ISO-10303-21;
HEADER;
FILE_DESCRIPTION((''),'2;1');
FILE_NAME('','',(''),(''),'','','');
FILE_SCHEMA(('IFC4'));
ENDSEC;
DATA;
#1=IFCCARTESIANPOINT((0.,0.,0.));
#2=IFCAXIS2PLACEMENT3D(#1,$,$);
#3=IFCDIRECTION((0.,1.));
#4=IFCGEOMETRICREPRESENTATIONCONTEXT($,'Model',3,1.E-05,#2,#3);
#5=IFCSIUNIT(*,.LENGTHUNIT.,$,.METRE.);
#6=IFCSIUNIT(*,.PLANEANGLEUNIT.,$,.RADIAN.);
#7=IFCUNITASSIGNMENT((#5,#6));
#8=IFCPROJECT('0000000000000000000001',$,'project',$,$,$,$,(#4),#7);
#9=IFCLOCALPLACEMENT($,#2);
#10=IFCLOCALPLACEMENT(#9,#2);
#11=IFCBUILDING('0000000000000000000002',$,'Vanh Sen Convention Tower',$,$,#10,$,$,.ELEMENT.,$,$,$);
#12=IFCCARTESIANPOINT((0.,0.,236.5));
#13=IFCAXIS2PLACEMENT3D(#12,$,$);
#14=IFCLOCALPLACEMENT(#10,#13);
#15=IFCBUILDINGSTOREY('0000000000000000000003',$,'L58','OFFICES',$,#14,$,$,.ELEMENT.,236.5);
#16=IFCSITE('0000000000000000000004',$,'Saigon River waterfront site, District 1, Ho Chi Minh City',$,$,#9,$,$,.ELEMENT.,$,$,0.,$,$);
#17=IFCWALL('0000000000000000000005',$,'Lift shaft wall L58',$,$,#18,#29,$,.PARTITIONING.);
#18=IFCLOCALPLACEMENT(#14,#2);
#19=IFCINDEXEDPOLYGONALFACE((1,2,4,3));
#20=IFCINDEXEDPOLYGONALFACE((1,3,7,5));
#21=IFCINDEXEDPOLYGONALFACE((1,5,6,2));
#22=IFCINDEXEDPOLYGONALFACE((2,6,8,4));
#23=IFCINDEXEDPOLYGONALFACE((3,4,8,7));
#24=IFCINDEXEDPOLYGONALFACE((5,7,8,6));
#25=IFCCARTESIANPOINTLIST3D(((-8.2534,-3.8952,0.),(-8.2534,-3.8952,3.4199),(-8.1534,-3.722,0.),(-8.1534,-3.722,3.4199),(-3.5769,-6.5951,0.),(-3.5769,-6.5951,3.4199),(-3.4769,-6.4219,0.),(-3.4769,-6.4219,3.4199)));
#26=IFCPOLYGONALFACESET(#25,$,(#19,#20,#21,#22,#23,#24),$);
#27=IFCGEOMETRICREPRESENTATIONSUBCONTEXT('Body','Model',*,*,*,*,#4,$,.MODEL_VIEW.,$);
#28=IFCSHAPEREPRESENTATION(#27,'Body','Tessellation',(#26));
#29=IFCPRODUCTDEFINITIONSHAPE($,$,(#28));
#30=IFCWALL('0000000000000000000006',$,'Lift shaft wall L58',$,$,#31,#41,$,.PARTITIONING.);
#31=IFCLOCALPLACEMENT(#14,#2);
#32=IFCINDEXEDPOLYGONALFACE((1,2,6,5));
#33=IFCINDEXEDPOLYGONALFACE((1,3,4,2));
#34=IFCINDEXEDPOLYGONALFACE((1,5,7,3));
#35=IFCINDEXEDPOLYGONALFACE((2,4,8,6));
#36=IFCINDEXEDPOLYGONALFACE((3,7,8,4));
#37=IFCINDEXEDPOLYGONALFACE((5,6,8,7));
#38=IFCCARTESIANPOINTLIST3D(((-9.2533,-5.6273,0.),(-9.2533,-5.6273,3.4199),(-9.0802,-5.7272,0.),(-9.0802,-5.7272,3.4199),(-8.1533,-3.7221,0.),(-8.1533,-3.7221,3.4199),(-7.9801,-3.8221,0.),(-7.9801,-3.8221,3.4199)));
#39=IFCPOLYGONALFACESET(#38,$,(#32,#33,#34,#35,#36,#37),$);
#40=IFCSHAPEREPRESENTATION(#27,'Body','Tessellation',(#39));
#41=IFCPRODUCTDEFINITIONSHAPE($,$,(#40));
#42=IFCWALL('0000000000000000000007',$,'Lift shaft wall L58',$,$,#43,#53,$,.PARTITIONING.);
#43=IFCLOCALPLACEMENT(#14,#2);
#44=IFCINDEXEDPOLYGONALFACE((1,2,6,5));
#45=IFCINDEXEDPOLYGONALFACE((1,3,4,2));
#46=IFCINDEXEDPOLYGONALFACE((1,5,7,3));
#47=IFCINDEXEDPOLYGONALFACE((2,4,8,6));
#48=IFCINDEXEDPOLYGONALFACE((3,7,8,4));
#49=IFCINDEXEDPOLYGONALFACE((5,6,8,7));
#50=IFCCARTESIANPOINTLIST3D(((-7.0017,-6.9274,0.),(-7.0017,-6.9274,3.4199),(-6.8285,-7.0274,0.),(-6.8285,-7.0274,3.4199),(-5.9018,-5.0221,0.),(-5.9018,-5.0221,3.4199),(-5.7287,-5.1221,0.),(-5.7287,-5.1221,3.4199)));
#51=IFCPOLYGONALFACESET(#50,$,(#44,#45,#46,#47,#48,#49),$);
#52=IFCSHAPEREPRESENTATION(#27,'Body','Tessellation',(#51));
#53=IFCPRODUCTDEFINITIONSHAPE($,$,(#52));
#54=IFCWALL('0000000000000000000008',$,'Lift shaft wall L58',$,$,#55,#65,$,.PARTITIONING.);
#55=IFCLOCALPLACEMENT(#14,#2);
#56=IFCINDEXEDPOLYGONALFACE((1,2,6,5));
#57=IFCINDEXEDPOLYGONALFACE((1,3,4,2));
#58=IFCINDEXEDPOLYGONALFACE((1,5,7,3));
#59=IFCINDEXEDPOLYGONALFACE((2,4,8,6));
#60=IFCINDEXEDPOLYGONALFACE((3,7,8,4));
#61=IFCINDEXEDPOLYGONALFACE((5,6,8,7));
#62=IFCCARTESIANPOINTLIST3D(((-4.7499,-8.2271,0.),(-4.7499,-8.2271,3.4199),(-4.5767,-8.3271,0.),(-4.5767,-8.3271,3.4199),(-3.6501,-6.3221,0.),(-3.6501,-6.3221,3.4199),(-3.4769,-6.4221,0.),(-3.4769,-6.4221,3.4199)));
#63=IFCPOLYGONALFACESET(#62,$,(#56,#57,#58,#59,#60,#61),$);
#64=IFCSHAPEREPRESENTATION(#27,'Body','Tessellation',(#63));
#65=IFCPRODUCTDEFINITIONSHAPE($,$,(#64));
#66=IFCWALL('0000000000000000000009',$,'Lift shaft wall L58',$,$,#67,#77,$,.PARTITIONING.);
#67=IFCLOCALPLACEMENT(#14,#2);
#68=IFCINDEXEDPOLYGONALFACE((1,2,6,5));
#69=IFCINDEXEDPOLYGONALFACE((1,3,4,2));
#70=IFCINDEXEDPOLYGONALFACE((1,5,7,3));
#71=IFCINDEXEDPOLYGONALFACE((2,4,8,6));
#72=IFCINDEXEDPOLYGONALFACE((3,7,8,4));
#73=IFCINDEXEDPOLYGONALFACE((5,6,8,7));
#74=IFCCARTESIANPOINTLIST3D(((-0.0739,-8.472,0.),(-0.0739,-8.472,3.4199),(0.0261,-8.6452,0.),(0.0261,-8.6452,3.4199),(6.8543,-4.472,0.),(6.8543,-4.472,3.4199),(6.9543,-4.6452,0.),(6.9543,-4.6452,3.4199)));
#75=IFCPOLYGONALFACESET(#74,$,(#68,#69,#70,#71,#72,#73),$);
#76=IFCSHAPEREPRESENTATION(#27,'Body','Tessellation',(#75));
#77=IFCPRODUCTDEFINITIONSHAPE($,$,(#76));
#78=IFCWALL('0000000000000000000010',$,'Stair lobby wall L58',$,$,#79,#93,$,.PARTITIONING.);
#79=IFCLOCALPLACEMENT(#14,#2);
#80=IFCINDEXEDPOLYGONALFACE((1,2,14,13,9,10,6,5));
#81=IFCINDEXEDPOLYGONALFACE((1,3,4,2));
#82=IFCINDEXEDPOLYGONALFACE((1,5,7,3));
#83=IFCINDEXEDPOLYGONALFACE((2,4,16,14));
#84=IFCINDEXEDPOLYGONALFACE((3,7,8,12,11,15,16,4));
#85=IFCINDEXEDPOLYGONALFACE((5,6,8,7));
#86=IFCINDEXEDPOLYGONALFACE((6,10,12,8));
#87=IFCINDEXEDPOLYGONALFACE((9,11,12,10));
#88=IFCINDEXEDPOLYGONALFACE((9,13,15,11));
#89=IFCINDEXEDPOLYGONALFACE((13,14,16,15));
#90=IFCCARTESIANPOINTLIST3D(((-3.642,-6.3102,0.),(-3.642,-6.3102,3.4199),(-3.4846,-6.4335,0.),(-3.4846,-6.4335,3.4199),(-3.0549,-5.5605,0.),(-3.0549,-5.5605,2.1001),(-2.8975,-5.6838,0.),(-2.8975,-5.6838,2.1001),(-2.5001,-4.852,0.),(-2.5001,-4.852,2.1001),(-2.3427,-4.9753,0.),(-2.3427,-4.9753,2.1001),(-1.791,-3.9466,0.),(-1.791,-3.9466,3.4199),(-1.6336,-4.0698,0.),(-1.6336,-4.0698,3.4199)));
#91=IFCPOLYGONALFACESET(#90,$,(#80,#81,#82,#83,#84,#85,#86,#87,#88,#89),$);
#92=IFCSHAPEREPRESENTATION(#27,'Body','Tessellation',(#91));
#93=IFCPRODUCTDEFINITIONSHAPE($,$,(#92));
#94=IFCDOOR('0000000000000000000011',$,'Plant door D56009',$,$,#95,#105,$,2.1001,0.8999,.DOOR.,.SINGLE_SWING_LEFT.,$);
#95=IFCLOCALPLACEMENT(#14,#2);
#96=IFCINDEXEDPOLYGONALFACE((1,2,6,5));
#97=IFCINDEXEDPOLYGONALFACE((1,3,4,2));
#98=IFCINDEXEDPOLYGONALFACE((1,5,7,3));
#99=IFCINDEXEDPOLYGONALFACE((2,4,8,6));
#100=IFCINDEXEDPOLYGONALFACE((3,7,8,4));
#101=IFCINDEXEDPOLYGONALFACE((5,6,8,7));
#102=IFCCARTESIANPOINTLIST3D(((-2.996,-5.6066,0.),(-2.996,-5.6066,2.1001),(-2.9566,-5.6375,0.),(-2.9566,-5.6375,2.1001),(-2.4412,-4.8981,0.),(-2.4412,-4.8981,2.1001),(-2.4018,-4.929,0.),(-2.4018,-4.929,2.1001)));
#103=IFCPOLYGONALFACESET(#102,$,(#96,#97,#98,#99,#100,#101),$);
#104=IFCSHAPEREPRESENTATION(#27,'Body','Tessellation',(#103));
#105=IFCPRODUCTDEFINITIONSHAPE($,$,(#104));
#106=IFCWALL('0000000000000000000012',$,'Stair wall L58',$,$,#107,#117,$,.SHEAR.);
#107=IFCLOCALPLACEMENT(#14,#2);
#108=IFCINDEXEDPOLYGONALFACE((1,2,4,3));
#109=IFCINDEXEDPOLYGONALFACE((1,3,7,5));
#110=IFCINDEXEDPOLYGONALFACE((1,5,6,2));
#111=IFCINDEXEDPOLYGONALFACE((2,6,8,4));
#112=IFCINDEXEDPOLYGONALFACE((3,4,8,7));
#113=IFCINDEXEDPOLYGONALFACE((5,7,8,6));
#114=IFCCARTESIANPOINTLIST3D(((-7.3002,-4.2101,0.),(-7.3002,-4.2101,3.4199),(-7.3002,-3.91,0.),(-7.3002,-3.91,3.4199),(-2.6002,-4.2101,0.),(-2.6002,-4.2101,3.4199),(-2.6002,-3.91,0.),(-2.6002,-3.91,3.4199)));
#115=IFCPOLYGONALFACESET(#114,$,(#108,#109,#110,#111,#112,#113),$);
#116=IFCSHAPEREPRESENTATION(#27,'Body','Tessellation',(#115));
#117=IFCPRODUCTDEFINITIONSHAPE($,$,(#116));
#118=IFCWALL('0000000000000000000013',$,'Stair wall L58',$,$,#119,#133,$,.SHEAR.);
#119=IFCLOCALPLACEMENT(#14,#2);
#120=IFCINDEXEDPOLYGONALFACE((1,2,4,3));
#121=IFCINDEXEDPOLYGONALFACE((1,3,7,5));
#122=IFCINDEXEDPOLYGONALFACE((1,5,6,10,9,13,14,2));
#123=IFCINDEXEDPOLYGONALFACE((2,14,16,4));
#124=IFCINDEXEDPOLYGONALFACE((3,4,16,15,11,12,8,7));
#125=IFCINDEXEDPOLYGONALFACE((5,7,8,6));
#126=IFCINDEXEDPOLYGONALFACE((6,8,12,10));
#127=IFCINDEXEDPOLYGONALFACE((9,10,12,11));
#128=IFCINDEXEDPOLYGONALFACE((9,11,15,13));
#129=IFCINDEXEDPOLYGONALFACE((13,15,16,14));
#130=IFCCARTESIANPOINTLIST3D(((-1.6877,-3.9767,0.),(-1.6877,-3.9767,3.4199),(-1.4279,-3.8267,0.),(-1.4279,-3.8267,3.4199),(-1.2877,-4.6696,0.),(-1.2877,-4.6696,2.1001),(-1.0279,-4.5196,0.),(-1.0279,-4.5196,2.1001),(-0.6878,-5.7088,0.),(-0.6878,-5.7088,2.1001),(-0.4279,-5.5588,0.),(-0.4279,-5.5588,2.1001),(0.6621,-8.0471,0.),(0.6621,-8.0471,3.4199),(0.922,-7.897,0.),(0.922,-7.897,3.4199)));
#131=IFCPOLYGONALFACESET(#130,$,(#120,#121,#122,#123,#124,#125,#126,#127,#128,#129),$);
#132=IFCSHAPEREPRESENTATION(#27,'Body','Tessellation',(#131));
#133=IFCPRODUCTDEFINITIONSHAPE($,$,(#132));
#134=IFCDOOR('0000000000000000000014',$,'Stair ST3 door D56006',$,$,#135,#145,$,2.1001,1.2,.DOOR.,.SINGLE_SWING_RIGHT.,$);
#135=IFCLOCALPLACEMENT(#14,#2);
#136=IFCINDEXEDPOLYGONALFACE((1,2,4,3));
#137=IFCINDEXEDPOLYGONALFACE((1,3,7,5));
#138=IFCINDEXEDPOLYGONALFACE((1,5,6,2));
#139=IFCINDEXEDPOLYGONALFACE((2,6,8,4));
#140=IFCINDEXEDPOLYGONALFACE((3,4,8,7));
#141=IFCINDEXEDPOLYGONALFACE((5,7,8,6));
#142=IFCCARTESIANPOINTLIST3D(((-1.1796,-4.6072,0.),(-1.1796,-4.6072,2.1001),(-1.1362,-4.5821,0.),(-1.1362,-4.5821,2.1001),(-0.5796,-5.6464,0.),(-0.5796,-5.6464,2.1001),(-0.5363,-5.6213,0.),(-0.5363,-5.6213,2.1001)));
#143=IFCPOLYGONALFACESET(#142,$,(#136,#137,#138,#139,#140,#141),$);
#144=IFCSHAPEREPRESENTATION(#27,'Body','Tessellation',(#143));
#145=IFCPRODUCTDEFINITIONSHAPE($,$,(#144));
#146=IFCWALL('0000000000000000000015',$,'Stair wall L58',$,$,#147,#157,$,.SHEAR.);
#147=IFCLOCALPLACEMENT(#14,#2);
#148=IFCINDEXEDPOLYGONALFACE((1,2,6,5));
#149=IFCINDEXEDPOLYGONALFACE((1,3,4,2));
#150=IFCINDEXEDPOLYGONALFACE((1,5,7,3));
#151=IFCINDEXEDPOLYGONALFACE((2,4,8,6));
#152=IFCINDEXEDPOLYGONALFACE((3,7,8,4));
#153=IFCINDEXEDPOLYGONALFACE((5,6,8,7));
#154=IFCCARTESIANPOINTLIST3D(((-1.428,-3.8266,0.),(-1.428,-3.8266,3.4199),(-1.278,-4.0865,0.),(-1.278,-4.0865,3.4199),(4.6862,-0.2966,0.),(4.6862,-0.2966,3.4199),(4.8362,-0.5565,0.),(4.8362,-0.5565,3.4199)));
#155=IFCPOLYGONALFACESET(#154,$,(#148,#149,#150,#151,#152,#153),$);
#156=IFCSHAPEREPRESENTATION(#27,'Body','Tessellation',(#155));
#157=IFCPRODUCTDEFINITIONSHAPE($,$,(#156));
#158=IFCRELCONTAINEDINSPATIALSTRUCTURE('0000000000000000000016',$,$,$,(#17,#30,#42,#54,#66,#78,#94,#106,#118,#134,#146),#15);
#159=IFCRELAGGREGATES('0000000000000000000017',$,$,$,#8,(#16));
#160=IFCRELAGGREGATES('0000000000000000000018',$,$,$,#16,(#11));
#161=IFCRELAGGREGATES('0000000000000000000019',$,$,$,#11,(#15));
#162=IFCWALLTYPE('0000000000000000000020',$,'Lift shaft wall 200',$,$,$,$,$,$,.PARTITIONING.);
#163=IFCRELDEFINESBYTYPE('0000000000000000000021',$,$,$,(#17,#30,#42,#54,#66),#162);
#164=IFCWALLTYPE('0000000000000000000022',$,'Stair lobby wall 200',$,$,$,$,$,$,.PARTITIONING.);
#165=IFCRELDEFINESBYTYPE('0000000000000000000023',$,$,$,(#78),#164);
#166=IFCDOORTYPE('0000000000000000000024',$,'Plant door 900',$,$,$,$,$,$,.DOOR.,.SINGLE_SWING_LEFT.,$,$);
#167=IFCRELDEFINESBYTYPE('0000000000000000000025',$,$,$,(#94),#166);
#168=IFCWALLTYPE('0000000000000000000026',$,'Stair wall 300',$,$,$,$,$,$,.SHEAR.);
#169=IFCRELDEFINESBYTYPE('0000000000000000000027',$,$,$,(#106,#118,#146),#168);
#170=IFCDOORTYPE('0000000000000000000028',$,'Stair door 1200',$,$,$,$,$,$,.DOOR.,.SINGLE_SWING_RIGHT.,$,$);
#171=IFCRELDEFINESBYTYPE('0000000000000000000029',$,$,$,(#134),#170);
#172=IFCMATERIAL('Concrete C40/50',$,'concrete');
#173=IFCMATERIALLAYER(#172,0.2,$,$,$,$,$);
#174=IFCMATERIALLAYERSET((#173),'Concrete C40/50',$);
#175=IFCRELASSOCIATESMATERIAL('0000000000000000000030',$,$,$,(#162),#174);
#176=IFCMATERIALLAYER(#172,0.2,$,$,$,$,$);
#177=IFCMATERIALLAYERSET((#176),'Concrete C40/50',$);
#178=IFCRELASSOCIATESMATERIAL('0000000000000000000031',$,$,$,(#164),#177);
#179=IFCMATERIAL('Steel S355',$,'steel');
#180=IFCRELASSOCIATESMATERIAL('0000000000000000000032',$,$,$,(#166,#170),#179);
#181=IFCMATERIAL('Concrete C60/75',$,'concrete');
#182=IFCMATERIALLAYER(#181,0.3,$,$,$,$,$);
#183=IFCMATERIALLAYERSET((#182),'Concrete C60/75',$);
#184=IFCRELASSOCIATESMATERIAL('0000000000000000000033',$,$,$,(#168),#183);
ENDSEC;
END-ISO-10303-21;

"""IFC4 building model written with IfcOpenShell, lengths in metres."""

from ifc_helpers import new_model, si_unit, direction, frame, frame_2d, origin, place, context, subcontext, project, spatial, rectangle, extrude, material, layer, layer_set, type_object, element, fill, save


model = new_model("IFC4")

# Units and contexts
model_context = context("Model", 3, precision=1e-05, world=origin(), true_north=direction((0.0, 1.0)))
body_context = subcontext(model_context, "Body", "Model", "MODEL_VIEW")
ifc_project = project(units=[si_unit("LENGTHUNIT", "METRE"), si_unit("PLANEANGLEUNIT", "RADIAN")], contexts=[model_context])

# Site, building, storey
site_placement = place(None, origin())
site = spatial("IfcSite", under=ifc_project, at=site_placement, Name="Saigon River waterfront site, District 1, Ho Chi Minh City", CompositionType="ELEMENT", RefElevation=0.0)
building_placement = place(site_placement, origin())
building = spatial("IfcBuilding", under=site, at=building_placement, Name="Vanh Sen Convention Tower", CompositionType="ELEMENT")
storey_placement = place(building_placement, frame((0.0, 0.0, 236.5)))
storey = spatial("IfcBuildingStorey", under=building, at=storey_placement, Name="L58", Description="OFFICES", CompositionType="ELEMENT", Elevation=236.5)

# Shared definitions
ifc_material_1 = material(Name="Concrete C40/50", Category="concrete")

# Shared definitions
ifc_material_2 = material(Name="Concrete C60/75", Category="concrete")
ifc_material_3 = material(Name="Steel S355", Category="steel")

# Walls
ifc_layer_1 = layer(ifc_material_1, 0.2)
ifc_layer_set_1 = layer_set([ifc_layer_1], Name="Concrete C40/50")
wall_type_1 = type_object("IfcWallType", Name="Lift shaft wall 200", PredefinedType="PARTITIONING", material=ifc_layer_set_1)
wall_1_placement = place(storey_placement, frame((-8.2034, -3.8086, 0.0), z_axis=(0.0, 0.0, 1.0), x_axis=(0.866028, -0.499995, 0.0)))
element("IfcWall", 1, at=wall_1_placement, inside=storey, type_object=wall_type_1, Name="Lift shaft wall L58", PredefinedType="PARTITIONING", context=body_context, shape_type="SweptSolid", body=[
    extrude(rectangle(XDim=5.3999, YDim=0.2, at=frame_2d((2.7, 0.0))), origin(), (0.0, 0.0, 1.0), 3.4199),
])
for number, where, z_axis, x_axis, name in (
    (2, (-8.0667, -3.772, 0.0), (0.0, 0.0, 1.0), (-0.50003, -0.866008, 0.0), "Lift shaft wall L58"),
    (3, (-5.8152, -5.072, 0.0), (0.0, 0.0, 1.0), (-0.499947, -0.866056, 0.0), "Lift shaft wall L58"),
):
    element("IfcWall", number, at=place(storey_placement, frame(where, z_axis=z_axis, x_axis=x_axis)), inside=storey, type_object=wall_type_1, Name=name, PredefinedType="PARTITIONING", context=body_context, shape_type="SweptSolid", body=[
        extrude(rectangle(XDim=2.2, YDim=0.2, at=frame_2d((1.1001, 0.0))), origin(), (0.0, 0.0, 1.0), 3.4199),
    ])
wall_2_placement = place(storey_placement, frame((-3.5635, -6.3721, 0.0), z_axis=(0.0, 0.0, 1.0), x_axis=(-0.499995, -0.866028, 0.0)))
element("IfcWall", 4, at=wall_2_placement, inside=storey, type_object=wall_type_1, Name="Lift shaft wall L58", PredefinedType="PARTITIONING", context=body_context, shape_type="SweptSolid", body=[
    extrude(rectangle(XDim=2.1997, YDim=0.2, at=frame_2d((1.0999, 0.0))), origin(), (0.0, 0.0, 1.0), 3.4199),
])
wall_3_placement = place(storey_placement, frame((-0.0239, -8.5586, 0.0), z_axis=(0.0, 0.0, 1.0), x_axis=(0.866026, 0.499999, 0.0)))
element("IfcWall", 5, at=wall_3_placement, inside=storey, type_object=wall_type_1, Name="Lift shaft wall L58", PredefinedType="PARTITIONING", context=body_context, shape_type="SweptSolid", body=[
    extrude(rectangle(XDim=8.0, YDim=0.2, at=frame_2d((4.0, 0.0))), origin(), (0.0, 0.0, 1.0), 3.4199),
])

# Wall, opening, door
ifc_layer_2 = layer(ifc_material_1, 0.2)
ifc_layer_set_2 = layer_set([ifc_layer_2], Name="Concrete C40/50")
wall_type_2 = type_object("IfcWallType", Name="Stair lobby wall 200", PredefinedType="PARTITIONING", material=ifc_layer_set_2)
wall_4_placement = place(storey_placement, frame((-1.7124, -4.0083, 0.0), z_axis=(0.0, 0.0, 1.0), x_axis=(-0.616549, -0.787316, 0.0)))
wall_4 = element("IfcWall", 6, at=wall_4_placement, inside=storey, type_object=wall_type_2, Name="Stair lobby wall L58", PredefinedType="PARTITIONING", context=body_context, shape_type="SweptSolid", body=[
    extrude(rectangle(XDim=3.0022, YDim=0.2, at=frame_2d((1.501, 0.0))), origin(), (0.0, 0.0, 1.0), 3.4199),
])
opening_1_placement = place(wall_4_placement, frame((1.1499, 0.0, 0.0)))
opening_1 = element("IfcOpeningElement", 7, at=opening_1_placement, cuts=wall_4, PredefinedType="OPENING", context=body_context, shape_type="SweptSolid", body=[
    extrude(rectangle(XDim=0.8999, YDim=2.1001, at=frame_2d((0.45, 1.05))), frame((0.0, 0.1099, 0.0), z_axis=(0.0, -1.0, 0.0), x_axis=(1.0, 0.0, 0.0)), (0.0, 0.0, 1.0), 0.22),
])
door_type_1 = type_object("IfcDoorType", Name="Plant door 900", OperationType="SINGLE_SWING_LEFT", PredefinedType="DOOR", material=ifc_material_3)
door_1_placement = place(opening_1_placement, origin())
door_1 = element("IfcDoor", 8, at=door_1_placement, inside=storey, type_object=door_type_1, Name="Plant door D56009", OperationType="SINGLE_SWING_LEFT", OverallHeight=2.1001, OverallWidth=0.8999, PredefinedType="DOOR", context=body_context, shape_type="SweptSolid", body=[
    extrude(rectangle(XDim=0.8999, YDim=2.1001, at=frame_2d((0.45, 1.05))), frame((0.0, 0.0249, 0.0), z_axis=(0.0, -1.0, 0.0), x_axis=(1.0, 0.0, 0.0)), (0.0, 0.0, 1.0), 0.05),
])
fill(opening_1, door_1)

# Wall
ifc_layer_3 = layer(ifc_material_2, 0.3)
ifc_layer_set_3 = layer_set([ifc_layer_3], Name="Concrete C60/75")
wall_type_3 = type_object("IfcWallType", Name="Stair wall 300", PredefinedType="SHEAR", material=ifc_layer_set_3)
wall_5_placement = place(storey_placement, frame((-2.6001, -4.0601, 0.0), z_axis=(0.0, 0.0, 1.0), x_axis=(-1.0, 0.0, 0.0)))
element("IfcWall", 9, at=wall_5_placement, inside=storey, type_object=wall_type_3, Name="Stair wall L58", PredefinedType="SHEAR", context=body_context, shape_type="SweptSolid", body=[
    extrude(rectangle(XDim=4.7, YDim=0.3, at=frame_2d((2.3501, 0.0))), origin(), (0.0, 0.0, 1.0), 3.4199),
])

# Wall, opening, door
wall_6_placement = place(storey_placement, frame((-1.5579, -3.9016, 0.0), z_axis=(0.0, 0.0, 1.0), x_axis=(0.499977, -0.866039, 0.0)))
wall_6 = element("IfcWall", 10, at=wall_6_placement, inside=storey, type_object=wall_type_3, Name="Stair wall L58", PredefinedType="SHEAR", context=body_context, shape_type="SweptSolid", body=[
    extrude(rectangle(XDim=4.7, YDim=0.3, at=frame_2d((2.3501, 0.0))), origin(), (0.0, 0.0, 1.0), 3.4199),
])
opening_2_placement = place(wall_6_placement, frame((0.8, 0.0, 0.0)))
opening_2 = element("IfcOpeningElement", 11, at=opening_2_placement, cuts=wall_6, PredefinedType="OPENING", context=body_context, shape_type="SweptSolid", body=[
    extrude(rectangle(XDim=1.2, YDim=2.1001, at=frame_2d((0.6001, 1.05))), frame((0.0, 0.1599, 0.0), z_axis=(0.0, -1.0, 0.0), x_axis=(1.0, 0.0, 0.0)), (0.0, 0.0, 1.0), 0.3201),
])
door_type_2 = type_object("IfcDoorType", Name="Stair door 1200", OperationType="SINGLE_SWING_RIGHT", PredefinedType="DOOR", material=ifc_material_3)
door_2_placement = place(opening_2_placement, origin())
door_2 = element("IfcDoor", 12, at=door_2_placement, inside=storey, type_object=door_type_2, Name="Stair ST3 door D56006", OperationType="SINGLE_SWING_RIGHT", OverallHeight=2.1001, OverallWidth=1.2, PredefinedType="DOOR", context=body_context, shape_type="SweptSolid", body=[
    extrude(rectangle(XDim=1.2, YDim=2.1001, at=frame_2d((0.6001, 1.05))), frame((0.0, 0.0249, 0.0), z_axis=(0.0, -1.0, 0.0), x_axis=(1.0, 0.0, 0.0)), (0.0, 0.0, 1.0), 0.05),
])
fill(opening_2, door_2)

# Wall
wall_7_placement = place(storey_placement, frame((-1.353, -3.9565, 0.0), z_axis=(0.0, 0.0, 1.0), x_axis=(0.866028, 0.499996, 0.0)))
element("IfcWall", 13, at=wall_7_placement, inside=storey, type_object=wall_type_3, Name="Stair wall L58", PredefinedType="SHEAR", context=body_context, shape_type="SweptSolid", body=[
    extrude(rectangle(XDim=7.0601, YDim=0.3, at=frame_2d((3.53, 0.0))), origin(), (0.0, 0.0, 1.0), 3.4199),
])

save(model, "model.ifc")
